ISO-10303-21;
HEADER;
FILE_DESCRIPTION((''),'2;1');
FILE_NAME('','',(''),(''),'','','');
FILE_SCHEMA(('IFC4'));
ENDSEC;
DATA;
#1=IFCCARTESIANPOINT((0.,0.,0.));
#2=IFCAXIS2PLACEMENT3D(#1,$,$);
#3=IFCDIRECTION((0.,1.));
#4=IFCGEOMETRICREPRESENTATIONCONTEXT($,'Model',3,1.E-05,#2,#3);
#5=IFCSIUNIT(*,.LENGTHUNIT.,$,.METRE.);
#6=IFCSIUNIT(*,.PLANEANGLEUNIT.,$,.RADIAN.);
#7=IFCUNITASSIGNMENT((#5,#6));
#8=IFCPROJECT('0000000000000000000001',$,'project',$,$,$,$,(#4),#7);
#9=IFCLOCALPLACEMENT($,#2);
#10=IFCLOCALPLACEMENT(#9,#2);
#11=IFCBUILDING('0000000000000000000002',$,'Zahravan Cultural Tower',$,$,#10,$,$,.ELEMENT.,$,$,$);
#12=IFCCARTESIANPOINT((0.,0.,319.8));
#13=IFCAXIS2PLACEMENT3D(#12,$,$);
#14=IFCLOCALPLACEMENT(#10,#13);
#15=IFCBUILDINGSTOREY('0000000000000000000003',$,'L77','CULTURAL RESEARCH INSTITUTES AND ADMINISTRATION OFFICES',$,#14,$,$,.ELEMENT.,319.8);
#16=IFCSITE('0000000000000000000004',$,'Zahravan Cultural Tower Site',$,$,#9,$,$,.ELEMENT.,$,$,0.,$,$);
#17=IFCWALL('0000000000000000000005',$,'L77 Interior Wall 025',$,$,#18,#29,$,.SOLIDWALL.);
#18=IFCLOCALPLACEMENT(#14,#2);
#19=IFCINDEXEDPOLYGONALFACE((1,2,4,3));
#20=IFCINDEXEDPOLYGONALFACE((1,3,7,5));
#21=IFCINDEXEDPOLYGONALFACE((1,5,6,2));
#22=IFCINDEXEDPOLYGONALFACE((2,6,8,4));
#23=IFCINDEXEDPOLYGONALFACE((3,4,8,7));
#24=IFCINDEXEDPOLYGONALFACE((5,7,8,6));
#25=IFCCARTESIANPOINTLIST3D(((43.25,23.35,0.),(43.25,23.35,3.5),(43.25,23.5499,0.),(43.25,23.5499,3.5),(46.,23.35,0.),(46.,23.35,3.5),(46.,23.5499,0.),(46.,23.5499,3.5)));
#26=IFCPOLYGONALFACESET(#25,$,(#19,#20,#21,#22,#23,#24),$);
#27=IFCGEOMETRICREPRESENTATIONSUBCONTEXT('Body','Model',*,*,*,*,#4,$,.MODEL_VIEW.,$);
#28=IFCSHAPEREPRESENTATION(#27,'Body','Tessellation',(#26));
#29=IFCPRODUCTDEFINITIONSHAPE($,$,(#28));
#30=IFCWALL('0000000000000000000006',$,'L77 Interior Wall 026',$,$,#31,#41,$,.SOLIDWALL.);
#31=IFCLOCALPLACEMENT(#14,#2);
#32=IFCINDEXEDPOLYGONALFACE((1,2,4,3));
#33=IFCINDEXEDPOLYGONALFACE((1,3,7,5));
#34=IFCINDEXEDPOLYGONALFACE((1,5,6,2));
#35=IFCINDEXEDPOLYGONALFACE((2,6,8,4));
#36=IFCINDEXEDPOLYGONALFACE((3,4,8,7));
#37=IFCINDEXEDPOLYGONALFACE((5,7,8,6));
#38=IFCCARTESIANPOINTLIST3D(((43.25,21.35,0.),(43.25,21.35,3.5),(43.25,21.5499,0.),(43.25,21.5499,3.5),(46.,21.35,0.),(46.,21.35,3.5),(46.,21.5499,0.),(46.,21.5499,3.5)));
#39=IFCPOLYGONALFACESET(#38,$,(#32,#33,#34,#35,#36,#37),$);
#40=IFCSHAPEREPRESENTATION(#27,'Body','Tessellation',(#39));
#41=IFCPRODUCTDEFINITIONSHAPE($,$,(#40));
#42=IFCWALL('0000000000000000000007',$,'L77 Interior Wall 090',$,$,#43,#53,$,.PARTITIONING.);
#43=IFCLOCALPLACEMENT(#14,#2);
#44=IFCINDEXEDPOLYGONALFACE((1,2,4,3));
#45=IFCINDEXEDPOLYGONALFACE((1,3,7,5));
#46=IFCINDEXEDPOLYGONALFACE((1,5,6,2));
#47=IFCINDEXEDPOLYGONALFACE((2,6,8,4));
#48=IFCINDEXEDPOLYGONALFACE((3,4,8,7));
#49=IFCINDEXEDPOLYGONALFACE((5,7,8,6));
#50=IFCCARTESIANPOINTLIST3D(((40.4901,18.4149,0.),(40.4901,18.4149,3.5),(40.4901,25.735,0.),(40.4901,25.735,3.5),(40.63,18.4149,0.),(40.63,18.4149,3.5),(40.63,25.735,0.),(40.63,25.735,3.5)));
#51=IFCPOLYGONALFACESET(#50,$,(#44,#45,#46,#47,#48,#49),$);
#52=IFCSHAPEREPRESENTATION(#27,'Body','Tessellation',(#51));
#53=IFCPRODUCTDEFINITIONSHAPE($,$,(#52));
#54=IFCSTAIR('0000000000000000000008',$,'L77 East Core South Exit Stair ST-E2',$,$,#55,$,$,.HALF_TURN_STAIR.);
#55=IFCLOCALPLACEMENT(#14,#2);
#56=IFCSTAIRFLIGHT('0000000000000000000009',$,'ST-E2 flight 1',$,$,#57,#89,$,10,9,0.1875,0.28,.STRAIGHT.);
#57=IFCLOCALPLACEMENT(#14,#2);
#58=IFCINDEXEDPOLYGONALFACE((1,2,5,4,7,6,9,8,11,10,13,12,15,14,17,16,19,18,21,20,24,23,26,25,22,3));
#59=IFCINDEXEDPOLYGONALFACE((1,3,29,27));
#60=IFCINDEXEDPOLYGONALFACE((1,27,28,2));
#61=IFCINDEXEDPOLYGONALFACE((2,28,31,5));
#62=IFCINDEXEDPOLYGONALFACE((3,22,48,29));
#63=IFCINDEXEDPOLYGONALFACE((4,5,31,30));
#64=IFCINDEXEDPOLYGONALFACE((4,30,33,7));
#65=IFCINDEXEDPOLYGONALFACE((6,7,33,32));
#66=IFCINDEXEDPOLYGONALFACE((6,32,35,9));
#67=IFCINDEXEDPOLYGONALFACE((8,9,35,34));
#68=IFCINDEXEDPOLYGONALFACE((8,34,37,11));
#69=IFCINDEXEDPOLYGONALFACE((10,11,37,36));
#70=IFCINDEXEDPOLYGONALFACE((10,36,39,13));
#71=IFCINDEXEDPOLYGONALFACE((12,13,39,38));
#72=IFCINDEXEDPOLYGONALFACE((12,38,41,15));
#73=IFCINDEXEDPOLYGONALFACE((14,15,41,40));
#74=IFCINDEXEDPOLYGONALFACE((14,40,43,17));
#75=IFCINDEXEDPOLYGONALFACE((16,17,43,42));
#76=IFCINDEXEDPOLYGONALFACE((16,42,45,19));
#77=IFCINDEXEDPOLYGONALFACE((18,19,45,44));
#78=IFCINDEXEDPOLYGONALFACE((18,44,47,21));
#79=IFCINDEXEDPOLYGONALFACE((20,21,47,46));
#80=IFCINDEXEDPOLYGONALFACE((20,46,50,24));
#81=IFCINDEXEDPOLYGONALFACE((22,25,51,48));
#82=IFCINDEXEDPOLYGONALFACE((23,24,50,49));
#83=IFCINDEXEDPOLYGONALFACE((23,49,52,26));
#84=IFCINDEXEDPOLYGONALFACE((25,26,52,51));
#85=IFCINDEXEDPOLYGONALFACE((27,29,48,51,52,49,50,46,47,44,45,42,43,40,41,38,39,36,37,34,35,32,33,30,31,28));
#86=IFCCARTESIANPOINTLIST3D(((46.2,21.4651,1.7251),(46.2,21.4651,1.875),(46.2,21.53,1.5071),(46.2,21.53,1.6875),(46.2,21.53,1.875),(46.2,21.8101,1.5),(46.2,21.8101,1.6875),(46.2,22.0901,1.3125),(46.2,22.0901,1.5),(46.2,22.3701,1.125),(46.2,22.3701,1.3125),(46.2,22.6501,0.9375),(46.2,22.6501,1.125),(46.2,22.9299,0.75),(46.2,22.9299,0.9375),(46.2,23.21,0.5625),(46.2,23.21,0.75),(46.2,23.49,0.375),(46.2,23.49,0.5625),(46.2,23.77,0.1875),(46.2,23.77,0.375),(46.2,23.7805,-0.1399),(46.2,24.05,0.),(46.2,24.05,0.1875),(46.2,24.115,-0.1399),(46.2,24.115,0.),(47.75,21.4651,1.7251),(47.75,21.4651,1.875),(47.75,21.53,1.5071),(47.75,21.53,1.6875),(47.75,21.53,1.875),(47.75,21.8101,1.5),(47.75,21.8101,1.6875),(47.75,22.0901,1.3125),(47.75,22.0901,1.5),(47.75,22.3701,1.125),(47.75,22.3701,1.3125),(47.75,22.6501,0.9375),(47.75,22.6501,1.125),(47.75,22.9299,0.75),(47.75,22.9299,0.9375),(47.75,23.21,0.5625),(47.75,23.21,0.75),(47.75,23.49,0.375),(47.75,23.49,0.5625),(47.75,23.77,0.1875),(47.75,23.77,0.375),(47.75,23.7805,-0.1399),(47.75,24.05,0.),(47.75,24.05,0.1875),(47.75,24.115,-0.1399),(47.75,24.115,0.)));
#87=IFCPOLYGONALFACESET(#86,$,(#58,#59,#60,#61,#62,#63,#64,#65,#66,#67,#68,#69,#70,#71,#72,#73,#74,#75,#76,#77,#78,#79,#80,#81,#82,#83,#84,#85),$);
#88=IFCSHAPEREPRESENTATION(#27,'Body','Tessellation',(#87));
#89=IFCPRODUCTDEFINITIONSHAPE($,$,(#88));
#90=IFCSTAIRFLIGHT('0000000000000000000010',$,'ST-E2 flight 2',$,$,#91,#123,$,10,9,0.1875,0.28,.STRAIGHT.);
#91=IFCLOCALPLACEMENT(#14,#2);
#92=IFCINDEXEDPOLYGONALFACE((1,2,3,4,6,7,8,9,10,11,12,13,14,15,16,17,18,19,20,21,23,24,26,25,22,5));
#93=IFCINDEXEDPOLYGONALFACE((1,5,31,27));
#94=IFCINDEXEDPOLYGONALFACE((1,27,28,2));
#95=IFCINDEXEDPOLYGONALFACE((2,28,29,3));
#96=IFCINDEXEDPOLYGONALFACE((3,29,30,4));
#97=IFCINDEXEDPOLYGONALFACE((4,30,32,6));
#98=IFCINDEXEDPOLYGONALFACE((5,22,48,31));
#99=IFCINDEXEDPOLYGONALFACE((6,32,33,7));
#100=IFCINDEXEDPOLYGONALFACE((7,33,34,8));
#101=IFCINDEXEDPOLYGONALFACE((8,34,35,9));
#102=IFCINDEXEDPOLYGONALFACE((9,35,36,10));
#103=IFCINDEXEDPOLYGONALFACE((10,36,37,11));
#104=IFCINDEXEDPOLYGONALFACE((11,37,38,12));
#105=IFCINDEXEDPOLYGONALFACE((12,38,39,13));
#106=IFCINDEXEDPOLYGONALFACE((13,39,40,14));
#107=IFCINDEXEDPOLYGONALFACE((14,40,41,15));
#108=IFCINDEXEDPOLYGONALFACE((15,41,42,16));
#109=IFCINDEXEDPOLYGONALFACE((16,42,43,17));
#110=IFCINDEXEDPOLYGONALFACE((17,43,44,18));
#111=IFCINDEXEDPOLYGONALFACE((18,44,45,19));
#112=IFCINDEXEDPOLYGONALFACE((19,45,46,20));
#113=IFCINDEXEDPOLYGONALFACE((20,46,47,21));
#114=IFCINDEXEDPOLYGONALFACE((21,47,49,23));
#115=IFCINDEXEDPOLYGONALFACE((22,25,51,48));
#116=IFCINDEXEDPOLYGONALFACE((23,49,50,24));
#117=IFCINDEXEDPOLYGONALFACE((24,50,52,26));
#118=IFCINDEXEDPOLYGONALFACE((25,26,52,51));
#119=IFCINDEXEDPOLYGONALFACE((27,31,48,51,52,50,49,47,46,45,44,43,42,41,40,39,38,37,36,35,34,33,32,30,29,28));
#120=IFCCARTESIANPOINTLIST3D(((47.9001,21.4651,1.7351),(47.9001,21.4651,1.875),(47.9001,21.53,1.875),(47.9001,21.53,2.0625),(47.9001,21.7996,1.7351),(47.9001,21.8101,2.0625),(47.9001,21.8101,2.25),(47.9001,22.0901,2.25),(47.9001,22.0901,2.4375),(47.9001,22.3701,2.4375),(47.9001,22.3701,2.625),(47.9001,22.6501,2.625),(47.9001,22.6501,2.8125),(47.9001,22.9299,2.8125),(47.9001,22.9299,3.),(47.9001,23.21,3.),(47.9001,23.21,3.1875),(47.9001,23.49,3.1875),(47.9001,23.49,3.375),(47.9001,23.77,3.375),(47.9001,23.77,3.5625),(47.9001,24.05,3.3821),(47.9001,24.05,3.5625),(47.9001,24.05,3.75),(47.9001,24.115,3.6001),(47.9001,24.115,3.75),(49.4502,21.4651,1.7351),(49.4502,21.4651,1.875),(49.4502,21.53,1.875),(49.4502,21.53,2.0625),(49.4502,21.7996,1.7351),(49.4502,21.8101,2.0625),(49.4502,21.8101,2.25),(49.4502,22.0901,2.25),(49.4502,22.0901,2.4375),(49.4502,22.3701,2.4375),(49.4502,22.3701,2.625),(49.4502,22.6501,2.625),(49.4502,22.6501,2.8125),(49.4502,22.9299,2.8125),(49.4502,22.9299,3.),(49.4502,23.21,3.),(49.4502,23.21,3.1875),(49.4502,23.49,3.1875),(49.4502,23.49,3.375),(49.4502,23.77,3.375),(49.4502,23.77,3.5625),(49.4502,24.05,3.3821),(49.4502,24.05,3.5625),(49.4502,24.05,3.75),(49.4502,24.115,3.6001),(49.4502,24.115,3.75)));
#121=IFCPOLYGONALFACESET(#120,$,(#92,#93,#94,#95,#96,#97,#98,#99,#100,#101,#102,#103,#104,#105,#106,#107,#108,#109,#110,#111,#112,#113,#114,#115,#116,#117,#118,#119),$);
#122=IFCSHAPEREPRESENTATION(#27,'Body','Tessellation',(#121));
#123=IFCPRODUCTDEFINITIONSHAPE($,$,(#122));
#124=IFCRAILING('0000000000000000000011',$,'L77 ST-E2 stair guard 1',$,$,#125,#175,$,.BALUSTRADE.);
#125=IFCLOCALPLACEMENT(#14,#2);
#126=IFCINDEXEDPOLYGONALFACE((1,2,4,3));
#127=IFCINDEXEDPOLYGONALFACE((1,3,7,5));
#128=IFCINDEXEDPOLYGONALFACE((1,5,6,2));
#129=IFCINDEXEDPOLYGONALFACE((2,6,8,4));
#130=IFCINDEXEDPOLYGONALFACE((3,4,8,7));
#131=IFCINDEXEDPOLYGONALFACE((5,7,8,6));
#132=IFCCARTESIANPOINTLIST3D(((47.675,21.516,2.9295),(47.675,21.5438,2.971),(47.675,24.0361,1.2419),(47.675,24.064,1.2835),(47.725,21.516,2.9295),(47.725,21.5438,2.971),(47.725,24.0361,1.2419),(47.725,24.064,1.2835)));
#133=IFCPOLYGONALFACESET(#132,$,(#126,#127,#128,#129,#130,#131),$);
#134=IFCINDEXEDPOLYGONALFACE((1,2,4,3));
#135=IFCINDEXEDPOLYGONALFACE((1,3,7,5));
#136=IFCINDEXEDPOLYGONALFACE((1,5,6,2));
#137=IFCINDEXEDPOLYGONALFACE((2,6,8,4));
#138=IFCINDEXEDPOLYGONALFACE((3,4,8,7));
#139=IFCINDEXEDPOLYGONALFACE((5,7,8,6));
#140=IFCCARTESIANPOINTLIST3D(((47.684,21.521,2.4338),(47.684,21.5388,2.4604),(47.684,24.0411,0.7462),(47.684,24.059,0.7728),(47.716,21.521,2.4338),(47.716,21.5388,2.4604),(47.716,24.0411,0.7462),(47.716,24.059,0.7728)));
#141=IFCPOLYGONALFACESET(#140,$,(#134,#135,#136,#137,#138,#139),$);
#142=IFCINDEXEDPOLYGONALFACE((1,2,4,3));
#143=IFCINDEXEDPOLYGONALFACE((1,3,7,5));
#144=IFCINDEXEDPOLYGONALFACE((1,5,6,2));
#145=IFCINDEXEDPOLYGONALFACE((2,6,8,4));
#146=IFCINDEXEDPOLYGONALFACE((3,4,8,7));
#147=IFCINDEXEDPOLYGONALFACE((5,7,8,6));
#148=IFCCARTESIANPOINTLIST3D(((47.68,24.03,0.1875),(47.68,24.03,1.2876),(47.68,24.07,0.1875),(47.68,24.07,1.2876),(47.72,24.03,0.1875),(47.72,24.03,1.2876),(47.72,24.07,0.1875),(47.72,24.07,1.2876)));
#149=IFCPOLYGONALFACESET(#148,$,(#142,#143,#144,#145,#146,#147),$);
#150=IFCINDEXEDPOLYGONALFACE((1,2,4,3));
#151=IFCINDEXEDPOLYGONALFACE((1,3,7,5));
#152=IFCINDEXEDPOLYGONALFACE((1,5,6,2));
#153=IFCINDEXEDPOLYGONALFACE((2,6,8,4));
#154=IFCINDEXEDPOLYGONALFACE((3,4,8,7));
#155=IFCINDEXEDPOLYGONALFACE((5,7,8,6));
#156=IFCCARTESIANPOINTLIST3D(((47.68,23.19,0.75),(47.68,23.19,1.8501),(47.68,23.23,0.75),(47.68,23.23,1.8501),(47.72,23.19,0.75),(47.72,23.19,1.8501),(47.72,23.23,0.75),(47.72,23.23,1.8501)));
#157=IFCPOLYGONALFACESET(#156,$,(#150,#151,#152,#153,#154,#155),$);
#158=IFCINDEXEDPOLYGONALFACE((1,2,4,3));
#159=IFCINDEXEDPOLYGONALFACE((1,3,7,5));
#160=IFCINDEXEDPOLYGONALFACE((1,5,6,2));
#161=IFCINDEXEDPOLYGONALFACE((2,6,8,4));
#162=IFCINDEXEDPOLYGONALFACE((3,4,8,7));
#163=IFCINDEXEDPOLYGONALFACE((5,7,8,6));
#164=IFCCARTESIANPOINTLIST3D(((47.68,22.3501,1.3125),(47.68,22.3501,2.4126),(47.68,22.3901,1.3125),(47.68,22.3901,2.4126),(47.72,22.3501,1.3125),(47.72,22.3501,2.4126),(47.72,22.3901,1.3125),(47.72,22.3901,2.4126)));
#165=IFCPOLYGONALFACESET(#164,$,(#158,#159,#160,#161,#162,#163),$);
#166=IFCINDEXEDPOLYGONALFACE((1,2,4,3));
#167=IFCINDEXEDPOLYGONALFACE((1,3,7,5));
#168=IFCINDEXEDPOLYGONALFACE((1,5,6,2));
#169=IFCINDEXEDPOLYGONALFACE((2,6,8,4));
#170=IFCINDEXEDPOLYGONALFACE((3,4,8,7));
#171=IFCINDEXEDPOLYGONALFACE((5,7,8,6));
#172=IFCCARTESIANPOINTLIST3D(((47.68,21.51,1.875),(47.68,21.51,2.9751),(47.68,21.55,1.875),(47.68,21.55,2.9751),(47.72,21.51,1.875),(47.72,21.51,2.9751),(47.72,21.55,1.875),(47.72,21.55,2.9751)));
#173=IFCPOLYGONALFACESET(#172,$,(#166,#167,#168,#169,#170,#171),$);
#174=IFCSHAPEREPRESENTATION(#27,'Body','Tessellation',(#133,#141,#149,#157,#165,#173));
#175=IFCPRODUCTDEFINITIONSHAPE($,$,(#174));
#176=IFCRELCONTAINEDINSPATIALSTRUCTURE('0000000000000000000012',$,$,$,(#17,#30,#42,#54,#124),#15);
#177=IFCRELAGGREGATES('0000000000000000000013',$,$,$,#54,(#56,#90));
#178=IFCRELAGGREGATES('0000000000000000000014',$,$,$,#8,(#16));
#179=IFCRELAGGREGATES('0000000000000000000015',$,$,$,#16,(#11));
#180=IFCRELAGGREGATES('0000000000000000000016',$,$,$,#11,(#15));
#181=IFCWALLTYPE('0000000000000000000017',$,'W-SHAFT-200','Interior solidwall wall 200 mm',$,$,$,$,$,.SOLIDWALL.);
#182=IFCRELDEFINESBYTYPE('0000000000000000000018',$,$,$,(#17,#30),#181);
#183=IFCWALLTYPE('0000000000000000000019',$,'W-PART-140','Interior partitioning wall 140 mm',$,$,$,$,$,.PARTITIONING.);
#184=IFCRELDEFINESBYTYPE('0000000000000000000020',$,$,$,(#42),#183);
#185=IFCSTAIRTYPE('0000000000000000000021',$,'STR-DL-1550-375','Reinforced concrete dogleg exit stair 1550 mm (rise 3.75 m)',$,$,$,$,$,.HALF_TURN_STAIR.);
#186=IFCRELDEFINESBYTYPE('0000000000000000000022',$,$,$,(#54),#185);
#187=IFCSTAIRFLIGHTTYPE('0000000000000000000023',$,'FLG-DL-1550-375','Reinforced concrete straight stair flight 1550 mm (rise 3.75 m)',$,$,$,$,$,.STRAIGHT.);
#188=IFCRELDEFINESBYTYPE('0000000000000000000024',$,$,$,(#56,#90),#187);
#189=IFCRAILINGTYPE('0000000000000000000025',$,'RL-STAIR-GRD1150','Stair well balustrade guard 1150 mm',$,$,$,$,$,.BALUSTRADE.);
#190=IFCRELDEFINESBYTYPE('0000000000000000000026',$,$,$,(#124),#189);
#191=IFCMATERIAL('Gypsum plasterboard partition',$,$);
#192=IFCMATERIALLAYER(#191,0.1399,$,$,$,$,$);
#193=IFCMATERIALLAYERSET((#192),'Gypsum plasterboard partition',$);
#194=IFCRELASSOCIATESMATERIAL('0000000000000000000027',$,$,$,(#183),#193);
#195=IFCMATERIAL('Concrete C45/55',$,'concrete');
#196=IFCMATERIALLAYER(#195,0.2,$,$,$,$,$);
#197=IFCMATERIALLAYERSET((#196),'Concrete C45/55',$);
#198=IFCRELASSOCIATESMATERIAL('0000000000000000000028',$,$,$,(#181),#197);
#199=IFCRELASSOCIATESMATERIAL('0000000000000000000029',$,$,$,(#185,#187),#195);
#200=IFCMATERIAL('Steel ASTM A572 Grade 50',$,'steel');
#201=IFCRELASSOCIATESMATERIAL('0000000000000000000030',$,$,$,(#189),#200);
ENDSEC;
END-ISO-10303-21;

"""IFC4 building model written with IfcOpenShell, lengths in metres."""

from ifc_helpers import new_model, si_unit, direction, frame, frame_2d, origin, origin_2d, place, context, subcontext, project, spatial, polyline, rectangle, outline, extrude, source, transform, mapped, material, layer, layer_set, type_object, element, aggregate, save


model = new_model("IFC4")

# Units and contexts
model_context = context("Model", 3, precision=1e-05, world=origin(), true_north=direction((0.0, 1.0)))
body_context = subcontext(model_context, "Body", "Model", "MODEL_VIEW")
ifc_project = project(units=[si_unit("LENGTHUNIT", "METRE"), si_unit("PLANEANGLEUNIT", "RADIAN")], contexts=[model_context])

# Site, building, storey
site_placement = place(None, origin())
site = spatial("IfcSite", under=ifc_project, at=site_placement, Name="Zahravan Cultural Tower Site", CompositionType="ELEMENT", RefElevation=0.0)
building_placement = place(site_placement, origin())
building = spatial("IfcBuilding", under=site, at=building_placement, Name="Zahravan Cultural Tower", CompositionType="ELEMENT")
storey_placement = place(building_placement, frame((0.0, 0.0, 319.8)))
storey = spatial("IfcBuildingStorey", under=building, at=storey_placement, Name="L77", Description="CULTURAL RESEARCH INSTITUTES AND ADMINISTRATION OFFICES", CompositionType="ELEMENT", Elevation=319.8)

# Shared definitions
ifc_material_1 = material(Name="Steel ASTM A572 Grade 50", Category="steel")
ifc_material_2 = material(Name="Gypsum plasterboard partition")
ifc_layer_1 = layer(ifc_material_2, 0.1399)
ifc_layer_set_1 = layer_set([ifc_layer_1], Name="Gypsum plasterboard partition")
wall_type_1 = type_object("IfcWallType", Name="W-PART-140", Description="Interior partitioning wall 140 mm", PredefinedType="PARTITIONING", material=ifc_layer_set_1)
ifc_material_3 = material(Name="Concrete C45/55", Category="concrete")
ifc_layer_2 = layer(ifc_material_3, 0.2)
ifc_layer_set_2 = layer_set([ifc_layer_2], Name="Concrete C45/55")
wall_type_2 = type_object("IfcWallType", Name="W-SHAFT-200", Description="Interior solidwall wall 200 mm", PredefinedType="SOLIDWALL", material=ifc_layer_set_2)

# Walls
shared_shape_1 = source(origin(), body_context, "Body", "SweptSolid", [
    extrude(rectangle(XDim=2.75, YDim=0.2, at=frame_2d((1.375, 0.0))), origin(), (0.0, 0.0, 1.0), 3.5),
])
for number, where, z_axis, x_axis, name in (
    (1, (43.25, 23.45, 0.0), (0.0, 0.0, 1.0), (1.0, 0.0, 0.0), "L77 Interior Wall 025"),
    (2, (43.25, 21.45, 0.0), (0.0, 0.0, 1.0), (1.0, 0.0, 0.0), "L77 Interior Wall 026"),
):
    element("IfcWall", number, at=place(storey_placement, frame(where, z_axis=z_axis, x_axis=x_axis)), inside=storey, type_object=wall_type_2, Name=name, PredefinedType="SOLIDWALL", context=body_context, shape_type="MappedRepresentation", body=[
        mapped(shared_shape_1, transform((0.0, 0.0, 0.0), x_axis=(1.0, 0.0, 0.0), y_axis=(0.0, 1.0, 0.0), z_axis=(0.0, 0.0, 1.0), scale=1.0)),
    ])
shared_shape_2 = source(origin(), body_context, "Body", "SweptSolid", [
    extrude(rectangle(XDim=7.3201, YDim=0.1399, at=frame_2d((3.6602, 0.0))), origin(), (0.0, 0.0, 1.0), 3.5),
])
wall_1_placement = place(storey_placement, frame((40.5601, 25.7351, 0.0), z_axis=(0.0, 0.0, 1.0), x_axis=(0.0, -1.0, 0.0)))
element("IfcWall", 3, at=wall_1_placement, inside=storey, type_object=wall_type_1, Name="L77 Interior Wall 090", PredefinedType="PARTITIONING", context=body_context, shape_type="MappedRepresentation", body=[
    mapped(shared_shape_2, transform((0.0, 0.0, 0.0), x_axis=(1.0, 0.0, 0.0), y_axis=(0.0, 1.0, 0.0), z_axis=(0.0, 0.0, 1.0), scale=1.0)),
])

# Stair, stair flights
stair_type = type_object("IfcStairType", Name="STR-DL-1550-375", Description="Reinforced concrete dogleg exit stair 1550 mm (rise 3.75 m)", PredefinedType="HALF_TURN_STAIR", material=ifc_material_3)
stair_placement = place(storey_placement, origin())
stair = element("IfcStair", 4, at=stair_placement, inside=storey, type_object=stair_type, Name="L77 East Core South Exit Stair ST-E2", PredefinedType="HALF_TURN_STAIR")
stair_flight_type = type_object("IfcStairFlightType", Name="FLG-DL-1550-375", Description="Reinforced concrete straight stair flight 1550 mm (rise 3.75 m)", PredefinedType="STRAIGHT", material=ifc_material_3)
stair_flight_1_placement = place(storey_placement, frame((46.9751, 24.05, 0.0), z_axis=(0.0, 0.0, 1.0), x_axis=(0.0, -1.0, 0.0)))
stair_flight_1 = element("IfcStairFlight", 5, at=stair_flight_1_placement, type_object=stair_flight_type, Name="ST-E2 flight 1", NumberOfRisers=10, NumberOfTreads=9, PredefinedType="STRAIGHT", RiserHeight=0.1875, TreadLength=0.28, context=body_context, shape_type="SweptSolid", body=[
    extrude(outline(polyline([(-0.0649, -0.1399), (-0.0649, 0.0), (0.0, 0.0), (0.0, 0.1875), (0.28, 0.1875), (0.28, 0.375), (0.5601, 0.375), (0.5601, 0.5625), (0.8401, 0.5625), (0.8401, 0.75), (1.1201, 0.75), (1.1201, 0.9375), (1.3999, 0.9375), (1.3999, 1.125), (1.6799, 1.125), (1.6799, 1.3125), (1.96, 1.3125), (1.96, 1.5), (2.24, 1.5), (2.24, 1.6875), (2.52, 1.6875), (2.52, 1.875), (2.585, 1.875), (2.585, 1.7251), (2.52, 1.5071), (0.2695, -0.1399), (-0.0649, -0.1399)])), frame((0.0, 0.7749, 0.0), z_axis=(0.0, -1.0, 0.0), x_axis=(1.0, 0.0, 0.0)), (0.0, 0.0, 1.0), 1.55),
])
stair_flight_2_placement = place(storey_placement, frame((48.675, 21.53, 1.875), z_axis=(0.0, 0.0, 1.0), x_axis=(0.0, 1.0, 0.0)))
stair_flight_2 = element("IfcStairFlight", 6, at=stair_flight_2_placement, type_object=stair_flight_type, Name="ST-E2 flight 2", NumberOfRisers=10, NumberOfTreads=9, PredefinedType="STRAIGHT", RiserHeight=0.1875, TreadLength=0.28, context=body_context, shape_type="SweptSolid", body=[
    extrude(outline(polyline([(-0.0649, -0.1399), (-0.0649, 0.0), (0.0, 0.0), (0.0, 0.1875), (0.28, 0.1875), (0.28, 0.375), (0.5601, 0.375), (0.5601, 0.5625), (0.8401, 0.5625), (0.8401, 0.75), (1.1201, 0.75), (1.1201, 0.9375), (1.3999, 0.9375), (1.3999, 1.125), (1.6799, 1.125), (1.6799, 1.3125), (1.96, 1.3125), (1.96, 1.5), (2.24, 1.5), (2.24, 1.6875), (2.52, 1.6875), (2.52, 1.875), (2.585, 1.875), (2.585, 1.7251), (2.52, 1.5071), (0.2695, -0.1399), (-0.0649, -0.1399)])), frame((0.0, 0.7749, 0.0), z_axis=(0.0, -1.0, 0.0), x_axis=(1.0, 0.0, 0.0)), (0.0, 0.0, 1.0), 1.55),
])
aggregate(stair, [stair_flight_1, stair_flight_2])

# Railing
railing_type_1 = type_object("IfcRailingType", Name="RL-STAIR-GRD1150", Description="Stair well balustrade guard 1150 mm", PredefinedType="BALUSTRADE", material=ifc_material_1)
railing_1_placement = place(storey_placement, frame((47.7, 24.05, 0.1875)))
element("IfcRailing", 7, at=railing_1_placement, inside=storey, type_object=railing_type_1, Name="L77 ST-E2 stair guard 1", PredefinedType="BALUSTRADE", context=body_context, shape_type="SweptSolid", body=[
    extrude(rectangle(XDim=0.05, YDim=0.05, at=origin_2d()), frame((0.0, 0.0, 1.0752), z_axis=(0.0, -0.830909, 0.556408), x_axis=(1.0, 0.0, 0.0)), (0.0, 0.0, 1.0), 3.033),
    extrude(rectangle(XDim=0.032, YDim=0.032, at=origin_2d()), frame((0.0, 0.0, 0.572), z_axis=(0.0, -0.830909, 0.556408), x_axis=(1.0, 0.0, 0.0)), (0.0, 0.0, 1.0), 3.033),
    extrude(rectangle(XDim=0.04, YDim=0.04, at=origin_2d()), origin(), (0.0, 0.0, 1.0), 1.1001),
    extrude(rectangle(XDim=0.04, YDim=0.04, at=origin_2d()), frame((0.0, -0.8401, 0.5625)), (0.0, 0.0, 1.0), 1.1001),
    extrude(rectangle(XDim=0.04, YDim=0.04, at=origin_2d()), frame((0.0, -1.6799, 1.125)), (0.0, 0.0, 1.0), 1.1001),
    extrude(rectangle(XDim=0.04, YDim=0.04, at=origin_2d()), frame((0.0, -2.52, 1.6875)), (0.0, 0.0, 1.0), 1.1001),
])

save(model, "model.ifc")
